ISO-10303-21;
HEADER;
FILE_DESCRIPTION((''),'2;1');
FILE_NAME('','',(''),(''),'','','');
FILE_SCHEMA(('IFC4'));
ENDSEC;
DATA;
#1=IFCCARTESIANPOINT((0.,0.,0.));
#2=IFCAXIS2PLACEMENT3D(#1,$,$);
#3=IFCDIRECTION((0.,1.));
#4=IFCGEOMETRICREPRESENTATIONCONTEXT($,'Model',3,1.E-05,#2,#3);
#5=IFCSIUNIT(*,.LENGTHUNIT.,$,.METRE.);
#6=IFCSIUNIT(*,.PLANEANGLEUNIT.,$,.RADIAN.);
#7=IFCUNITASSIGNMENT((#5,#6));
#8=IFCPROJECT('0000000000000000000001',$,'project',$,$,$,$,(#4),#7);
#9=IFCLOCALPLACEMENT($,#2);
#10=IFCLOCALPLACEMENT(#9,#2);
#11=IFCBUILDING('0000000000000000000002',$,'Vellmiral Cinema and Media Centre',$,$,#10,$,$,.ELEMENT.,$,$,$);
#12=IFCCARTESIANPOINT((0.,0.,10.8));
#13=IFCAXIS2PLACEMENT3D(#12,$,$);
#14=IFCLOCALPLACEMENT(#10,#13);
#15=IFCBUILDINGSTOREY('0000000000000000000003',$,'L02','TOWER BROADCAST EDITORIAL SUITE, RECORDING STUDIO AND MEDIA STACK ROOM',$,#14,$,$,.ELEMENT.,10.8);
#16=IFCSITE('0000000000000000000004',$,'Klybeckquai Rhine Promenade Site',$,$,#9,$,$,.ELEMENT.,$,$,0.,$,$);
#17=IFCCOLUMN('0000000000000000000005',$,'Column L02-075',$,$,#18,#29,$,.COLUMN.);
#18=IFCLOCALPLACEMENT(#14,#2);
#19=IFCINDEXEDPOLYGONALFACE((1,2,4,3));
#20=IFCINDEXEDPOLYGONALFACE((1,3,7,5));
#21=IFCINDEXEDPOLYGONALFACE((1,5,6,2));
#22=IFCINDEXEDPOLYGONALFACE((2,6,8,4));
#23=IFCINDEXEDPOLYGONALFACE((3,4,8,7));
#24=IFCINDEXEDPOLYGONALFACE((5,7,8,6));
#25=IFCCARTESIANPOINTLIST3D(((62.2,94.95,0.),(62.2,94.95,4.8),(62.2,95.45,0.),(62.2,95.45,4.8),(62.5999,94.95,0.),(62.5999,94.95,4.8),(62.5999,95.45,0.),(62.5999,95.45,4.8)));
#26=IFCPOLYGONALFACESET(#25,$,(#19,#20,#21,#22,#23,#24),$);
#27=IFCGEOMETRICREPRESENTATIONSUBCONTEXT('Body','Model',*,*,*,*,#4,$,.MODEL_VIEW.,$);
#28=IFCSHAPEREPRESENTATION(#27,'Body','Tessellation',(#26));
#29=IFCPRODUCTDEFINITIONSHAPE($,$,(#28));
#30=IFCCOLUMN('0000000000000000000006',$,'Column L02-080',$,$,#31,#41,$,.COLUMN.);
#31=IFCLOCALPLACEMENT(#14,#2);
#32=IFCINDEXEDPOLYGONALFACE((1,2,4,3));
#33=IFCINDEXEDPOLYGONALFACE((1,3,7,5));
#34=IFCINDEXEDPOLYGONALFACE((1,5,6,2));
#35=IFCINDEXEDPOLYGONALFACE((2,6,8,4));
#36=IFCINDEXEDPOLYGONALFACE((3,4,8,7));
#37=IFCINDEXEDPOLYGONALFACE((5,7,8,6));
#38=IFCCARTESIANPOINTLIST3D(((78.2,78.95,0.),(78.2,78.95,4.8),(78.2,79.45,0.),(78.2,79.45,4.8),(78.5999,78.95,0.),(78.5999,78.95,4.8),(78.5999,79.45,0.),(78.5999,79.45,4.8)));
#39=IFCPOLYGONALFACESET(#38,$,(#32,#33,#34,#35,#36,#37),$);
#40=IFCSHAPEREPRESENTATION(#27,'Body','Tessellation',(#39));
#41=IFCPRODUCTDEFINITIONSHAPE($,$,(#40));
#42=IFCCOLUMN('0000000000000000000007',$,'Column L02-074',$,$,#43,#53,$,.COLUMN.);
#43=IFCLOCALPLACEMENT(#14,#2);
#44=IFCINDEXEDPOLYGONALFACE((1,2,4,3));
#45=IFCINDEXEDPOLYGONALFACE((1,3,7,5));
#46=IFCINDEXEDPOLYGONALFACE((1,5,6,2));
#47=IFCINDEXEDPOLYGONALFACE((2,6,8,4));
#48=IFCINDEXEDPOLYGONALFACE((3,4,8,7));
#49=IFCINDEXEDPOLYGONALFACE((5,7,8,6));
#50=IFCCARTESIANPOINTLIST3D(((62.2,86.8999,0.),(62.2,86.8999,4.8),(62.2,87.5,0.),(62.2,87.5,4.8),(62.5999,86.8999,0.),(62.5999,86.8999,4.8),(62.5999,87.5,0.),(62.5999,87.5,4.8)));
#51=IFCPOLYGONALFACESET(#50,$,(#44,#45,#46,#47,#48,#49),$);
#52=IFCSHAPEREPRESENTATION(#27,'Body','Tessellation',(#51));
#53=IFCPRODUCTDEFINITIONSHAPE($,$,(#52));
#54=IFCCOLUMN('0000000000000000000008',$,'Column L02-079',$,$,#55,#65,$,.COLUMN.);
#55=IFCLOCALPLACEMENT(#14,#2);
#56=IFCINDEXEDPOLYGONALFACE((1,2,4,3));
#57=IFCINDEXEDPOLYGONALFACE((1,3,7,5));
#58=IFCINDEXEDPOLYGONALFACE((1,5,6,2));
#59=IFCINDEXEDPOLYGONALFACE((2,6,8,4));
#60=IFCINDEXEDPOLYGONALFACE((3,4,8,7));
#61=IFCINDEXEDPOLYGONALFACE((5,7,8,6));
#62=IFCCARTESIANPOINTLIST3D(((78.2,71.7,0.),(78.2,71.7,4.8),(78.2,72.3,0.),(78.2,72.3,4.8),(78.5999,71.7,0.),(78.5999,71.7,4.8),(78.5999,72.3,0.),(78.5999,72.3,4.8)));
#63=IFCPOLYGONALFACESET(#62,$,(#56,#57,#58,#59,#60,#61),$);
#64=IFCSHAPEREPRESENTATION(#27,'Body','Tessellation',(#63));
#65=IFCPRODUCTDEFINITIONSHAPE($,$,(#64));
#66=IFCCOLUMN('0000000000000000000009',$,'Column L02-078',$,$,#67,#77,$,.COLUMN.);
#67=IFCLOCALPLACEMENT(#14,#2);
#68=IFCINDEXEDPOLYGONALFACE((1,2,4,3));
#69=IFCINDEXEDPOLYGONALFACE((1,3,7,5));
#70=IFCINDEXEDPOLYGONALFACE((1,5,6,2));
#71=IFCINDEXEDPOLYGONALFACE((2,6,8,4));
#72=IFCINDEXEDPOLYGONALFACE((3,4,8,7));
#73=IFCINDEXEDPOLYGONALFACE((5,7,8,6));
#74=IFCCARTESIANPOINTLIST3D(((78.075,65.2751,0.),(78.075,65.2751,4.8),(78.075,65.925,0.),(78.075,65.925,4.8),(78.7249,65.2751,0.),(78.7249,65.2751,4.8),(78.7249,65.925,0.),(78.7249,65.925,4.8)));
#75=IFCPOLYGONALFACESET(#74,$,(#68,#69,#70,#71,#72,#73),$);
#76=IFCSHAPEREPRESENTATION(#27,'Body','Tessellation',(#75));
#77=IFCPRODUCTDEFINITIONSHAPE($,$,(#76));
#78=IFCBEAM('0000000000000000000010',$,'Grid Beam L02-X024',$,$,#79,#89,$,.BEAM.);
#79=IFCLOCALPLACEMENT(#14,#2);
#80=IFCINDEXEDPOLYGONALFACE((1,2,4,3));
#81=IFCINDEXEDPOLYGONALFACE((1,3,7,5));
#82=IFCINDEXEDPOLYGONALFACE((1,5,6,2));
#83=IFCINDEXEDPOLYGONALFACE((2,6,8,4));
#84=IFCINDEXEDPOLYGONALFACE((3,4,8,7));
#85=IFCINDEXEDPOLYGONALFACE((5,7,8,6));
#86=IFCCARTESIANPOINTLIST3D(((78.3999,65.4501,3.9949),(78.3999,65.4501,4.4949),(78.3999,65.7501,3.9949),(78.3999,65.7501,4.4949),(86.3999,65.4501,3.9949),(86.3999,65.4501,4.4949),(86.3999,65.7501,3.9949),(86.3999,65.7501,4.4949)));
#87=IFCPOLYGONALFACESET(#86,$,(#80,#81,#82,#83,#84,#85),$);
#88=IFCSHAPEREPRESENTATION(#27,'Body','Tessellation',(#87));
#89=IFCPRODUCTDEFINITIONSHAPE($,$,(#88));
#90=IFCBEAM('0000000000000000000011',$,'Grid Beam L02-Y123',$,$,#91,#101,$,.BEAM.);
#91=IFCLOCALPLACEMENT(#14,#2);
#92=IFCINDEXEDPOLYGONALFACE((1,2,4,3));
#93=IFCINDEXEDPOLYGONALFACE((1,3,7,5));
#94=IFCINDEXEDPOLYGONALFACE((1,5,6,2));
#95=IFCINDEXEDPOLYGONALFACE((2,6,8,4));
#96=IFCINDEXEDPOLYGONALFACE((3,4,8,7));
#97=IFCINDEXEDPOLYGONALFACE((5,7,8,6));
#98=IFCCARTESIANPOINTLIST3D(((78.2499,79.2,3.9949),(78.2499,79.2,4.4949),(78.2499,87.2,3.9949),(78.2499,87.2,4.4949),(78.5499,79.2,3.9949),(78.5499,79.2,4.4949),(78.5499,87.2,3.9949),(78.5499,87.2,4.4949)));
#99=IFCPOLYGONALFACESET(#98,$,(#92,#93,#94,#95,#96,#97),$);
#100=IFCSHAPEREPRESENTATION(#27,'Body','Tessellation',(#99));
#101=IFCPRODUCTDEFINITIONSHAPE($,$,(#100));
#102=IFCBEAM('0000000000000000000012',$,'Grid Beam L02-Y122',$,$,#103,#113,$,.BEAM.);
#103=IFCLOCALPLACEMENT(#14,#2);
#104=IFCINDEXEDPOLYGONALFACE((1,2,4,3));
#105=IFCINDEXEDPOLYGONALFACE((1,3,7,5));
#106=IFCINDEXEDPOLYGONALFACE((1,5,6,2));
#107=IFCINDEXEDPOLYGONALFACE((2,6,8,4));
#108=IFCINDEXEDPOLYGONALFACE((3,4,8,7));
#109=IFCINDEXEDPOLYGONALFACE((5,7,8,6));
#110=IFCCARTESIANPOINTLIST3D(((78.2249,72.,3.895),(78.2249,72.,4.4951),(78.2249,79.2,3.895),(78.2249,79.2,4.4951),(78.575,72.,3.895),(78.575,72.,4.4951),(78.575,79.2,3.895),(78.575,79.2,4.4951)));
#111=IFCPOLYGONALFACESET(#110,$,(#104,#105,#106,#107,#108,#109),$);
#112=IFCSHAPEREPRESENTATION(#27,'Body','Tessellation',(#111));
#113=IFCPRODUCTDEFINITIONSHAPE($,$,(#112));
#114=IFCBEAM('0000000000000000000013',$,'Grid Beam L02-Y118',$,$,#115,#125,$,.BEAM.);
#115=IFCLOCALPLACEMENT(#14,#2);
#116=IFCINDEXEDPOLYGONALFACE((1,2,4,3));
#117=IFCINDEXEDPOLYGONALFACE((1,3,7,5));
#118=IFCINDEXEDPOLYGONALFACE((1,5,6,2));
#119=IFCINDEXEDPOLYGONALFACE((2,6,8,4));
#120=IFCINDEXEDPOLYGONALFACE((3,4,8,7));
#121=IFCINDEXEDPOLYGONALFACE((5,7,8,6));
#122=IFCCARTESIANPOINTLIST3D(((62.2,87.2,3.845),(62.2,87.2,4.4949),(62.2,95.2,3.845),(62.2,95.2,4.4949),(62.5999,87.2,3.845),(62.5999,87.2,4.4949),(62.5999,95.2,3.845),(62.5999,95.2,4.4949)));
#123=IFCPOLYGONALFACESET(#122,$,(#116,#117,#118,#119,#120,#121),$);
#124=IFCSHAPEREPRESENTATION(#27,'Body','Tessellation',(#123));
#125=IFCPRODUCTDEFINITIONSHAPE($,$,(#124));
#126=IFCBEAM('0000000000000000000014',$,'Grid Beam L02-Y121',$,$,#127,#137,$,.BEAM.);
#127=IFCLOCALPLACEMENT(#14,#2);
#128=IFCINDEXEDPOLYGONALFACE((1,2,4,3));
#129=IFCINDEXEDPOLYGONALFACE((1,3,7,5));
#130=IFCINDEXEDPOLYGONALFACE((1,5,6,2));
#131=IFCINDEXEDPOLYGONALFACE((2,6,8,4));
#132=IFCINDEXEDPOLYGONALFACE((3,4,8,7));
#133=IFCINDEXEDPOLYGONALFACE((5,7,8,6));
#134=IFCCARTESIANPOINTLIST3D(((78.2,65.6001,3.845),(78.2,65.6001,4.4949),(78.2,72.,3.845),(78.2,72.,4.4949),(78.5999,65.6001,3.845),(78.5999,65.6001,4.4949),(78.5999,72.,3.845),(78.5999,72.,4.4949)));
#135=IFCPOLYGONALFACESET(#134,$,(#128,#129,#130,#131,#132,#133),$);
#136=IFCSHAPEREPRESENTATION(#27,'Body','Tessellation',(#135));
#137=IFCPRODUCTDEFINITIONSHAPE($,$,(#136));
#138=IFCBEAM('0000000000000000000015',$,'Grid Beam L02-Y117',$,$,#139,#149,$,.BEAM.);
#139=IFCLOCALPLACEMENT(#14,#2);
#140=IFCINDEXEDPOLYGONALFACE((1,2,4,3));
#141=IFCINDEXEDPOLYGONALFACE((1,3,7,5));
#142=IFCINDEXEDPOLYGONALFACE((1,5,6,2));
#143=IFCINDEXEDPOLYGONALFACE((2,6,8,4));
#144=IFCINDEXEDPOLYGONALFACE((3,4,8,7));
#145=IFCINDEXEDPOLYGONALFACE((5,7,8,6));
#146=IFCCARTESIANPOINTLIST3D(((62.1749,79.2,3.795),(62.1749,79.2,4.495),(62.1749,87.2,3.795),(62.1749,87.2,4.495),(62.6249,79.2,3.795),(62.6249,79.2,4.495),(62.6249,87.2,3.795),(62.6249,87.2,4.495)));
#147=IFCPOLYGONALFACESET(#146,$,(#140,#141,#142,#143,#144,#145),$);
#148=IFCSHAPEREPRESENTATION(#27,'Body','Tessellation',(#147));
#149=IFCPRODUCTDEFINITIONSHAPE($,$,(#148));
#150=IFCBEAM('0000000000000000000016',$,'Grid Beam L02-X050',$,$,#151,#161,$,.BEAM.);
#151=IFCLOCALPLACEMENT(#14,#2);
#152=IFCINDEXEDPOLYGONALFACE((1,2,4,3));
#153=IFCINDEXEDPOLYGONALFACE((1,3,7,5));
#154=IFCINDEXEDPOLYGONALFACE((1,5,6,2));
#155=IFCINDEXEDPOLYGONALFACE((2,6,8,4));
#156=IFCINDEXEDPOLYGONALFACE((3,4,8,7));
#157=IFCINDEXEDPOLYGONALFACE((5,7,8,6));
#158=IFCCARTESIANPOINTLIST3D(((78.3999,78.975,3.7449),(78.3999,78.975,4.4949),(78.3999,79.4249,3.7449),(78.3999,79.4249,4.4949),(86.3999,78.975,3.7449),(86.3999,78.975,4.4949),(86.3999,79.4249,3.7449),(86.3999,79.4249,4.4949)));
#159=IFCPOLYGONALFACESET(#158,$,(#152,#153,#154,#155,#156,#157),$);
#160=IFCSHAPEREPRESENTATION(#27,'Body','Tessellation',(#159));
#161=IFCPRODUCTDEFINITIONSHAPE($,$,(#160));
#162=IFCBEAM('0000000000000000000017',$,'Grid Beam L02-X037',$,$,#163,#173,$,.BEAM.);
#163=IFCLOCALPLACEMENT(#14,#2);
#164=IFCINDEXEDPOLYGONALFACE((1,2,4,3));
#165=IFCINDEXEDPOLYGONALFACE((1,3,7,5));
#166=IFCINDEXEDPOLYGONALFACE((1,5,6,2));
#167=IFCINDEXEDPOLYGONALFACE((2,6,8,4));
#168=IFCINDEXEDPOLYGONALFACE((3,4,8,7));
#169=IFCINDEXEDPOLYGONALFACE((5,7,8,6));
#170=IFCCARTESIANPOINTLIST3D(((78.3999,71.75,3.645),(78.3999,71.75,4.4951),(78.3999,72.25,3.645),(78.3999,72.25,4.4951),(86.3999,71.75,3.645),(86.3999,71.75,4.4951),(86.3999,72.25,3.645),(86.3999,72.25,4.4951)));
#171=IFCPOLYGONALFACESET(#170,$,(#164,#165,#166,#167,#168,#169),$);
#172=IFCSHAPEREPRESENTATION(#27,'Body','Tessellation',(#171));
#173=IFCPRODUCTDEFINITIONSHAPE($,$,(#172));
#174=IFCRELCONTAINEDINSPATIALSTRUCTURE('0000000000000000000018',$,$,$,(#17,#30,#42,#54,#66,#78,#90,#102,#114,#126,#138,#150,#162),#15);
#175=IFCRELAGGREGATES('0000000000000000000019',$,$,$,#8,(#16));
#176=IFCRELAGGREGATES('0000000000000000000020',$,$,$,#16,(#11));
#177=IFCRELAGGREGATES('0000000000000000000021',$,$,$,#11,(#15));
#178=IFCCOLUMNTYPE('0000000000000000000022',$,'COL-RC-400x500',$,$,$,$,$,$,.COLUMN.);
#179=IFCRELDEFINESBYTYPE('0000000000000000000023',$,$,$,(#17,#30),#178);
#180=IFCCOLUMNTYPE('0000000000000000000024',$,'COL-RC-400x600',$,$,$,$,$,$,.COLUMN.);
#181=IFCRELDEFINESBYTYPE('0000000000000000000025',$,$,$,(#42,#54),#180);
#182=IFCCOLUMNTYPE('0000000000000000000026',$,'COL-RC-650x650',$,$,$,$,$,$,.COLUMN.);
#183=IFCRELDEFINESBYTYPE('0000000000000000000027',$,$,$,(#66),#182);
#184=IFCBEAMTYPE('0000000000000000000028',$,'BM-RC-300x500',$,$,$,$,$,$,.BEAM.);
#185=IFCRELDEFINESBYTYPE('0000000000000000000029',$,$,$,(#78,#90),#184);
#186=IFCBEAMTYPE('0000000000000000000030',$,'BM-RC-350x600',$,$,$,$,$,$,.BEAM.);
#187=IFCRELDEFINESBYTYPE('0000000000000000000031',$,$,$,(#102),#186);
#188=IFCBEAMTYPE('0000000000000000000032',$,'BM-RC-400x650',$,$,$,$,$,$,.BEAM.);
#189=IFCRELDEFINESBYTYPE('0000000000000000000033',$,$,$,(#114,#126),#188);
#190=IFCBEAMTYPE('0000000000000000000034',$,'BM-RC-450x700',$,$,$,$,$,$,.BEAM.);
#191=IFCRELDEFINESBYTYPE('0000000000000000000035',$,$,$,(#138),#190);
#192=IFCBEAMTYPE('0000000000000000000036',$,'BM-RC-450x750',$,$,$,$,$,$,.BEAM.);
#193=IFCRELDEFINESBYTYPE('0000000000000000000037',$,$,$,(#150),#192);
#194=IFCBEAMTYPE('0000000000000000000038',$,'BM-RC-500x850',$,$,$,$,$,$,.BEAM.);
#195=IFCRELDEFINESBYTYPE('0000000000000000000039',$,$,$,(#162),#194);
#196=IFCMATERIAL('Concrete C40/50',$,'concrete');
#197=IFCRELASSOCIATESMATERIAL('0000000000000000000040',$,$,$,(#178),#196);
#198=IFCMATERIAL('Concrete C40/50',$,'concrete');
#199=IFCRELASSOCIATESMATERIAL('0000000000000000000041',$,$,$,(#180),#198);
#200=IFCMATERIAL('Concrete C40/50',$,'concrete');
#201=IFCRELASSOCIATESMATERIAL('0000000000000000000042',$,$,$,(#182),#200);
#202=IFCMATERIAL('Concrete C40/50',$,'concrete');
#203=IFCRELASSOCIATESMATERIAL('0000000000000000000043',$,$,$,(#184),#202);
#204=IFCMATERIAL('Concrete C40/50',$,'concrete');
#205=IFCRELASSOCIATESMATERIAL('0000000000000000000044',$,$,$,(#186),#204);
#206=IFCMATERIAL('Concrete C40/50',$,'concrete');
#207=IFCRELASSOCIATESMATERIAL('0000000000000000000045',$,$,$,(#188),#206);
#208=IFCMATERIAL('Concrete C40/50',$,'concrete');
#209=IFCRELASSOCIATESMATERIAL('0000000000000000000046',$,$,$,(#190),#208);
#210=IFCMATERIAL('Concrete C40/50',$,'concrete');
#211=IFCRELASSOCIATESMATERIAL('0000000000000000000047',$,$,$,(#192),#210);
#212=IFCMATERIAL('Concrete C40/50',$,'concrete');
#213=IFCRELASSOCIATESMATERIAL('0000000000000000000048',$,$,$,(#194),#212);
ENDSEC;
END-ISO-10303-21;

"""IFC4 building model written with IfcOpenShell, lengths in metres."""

from ifc_helpers import new_model, si_unit, direction, frame, origin, origin_2d, place, context, subcontext, project, spatial, rectangle, extrude, material, material_profile, profile_set, type_object, element, save


model = new_model("IFC4")

# Units and contexts
model_context = context("Model", 3, precision=1e-05, world=origin(), true_north=direction((0.0, 1.0)))
body_context = subcontext(model_context, "Body", "Model", "MODEL_VIEW")
ifc_project = project(units=[si_unit("LENGTHUNIT", "METRE"), si_unit("PLANEANGLEUNIT", "RADIAN")], contexts=[model_context])

# Site, building, storey
site_placement = place(None, origin())
site = spatial("IfcSite", under=ifc_project, at=site_placement, Name="Klybeckquai Rhine Promenade Site", CompositionType="ELEMENT", RefElevation=0.0)
building_placement = place(site_placement, origin())
building = spatial("IfcBuilding", under=site, at=building_placement, Name="Vellmiral Cinema and Media Centre", CompositionType="ELEMENT")
storey_placement = place(building_placement, frame((0.0, 0.0, 10.8)))
storey = spatial("IfcBuildingStorey", under=building, at=storey_placement, Name="L02", Description="TOWER BROADCAST EDITORIAL SUITE, RECORDING STUDIO AND MEDIA STACK ROOM", CompositionType="ELEMENT", Elevation=10.8)

# Columns
ifc_material_1 = material(Name="Concrete C40/50", Category="concrete")
ifc_material_profile_1 = material_profile(ifc_material_1, rectangle(XDim=0.3999, YDim=0.5, at=origin_2d()), Name="RC 400x500")
ifc_profile_set_1 = profile_set([ifc_material_profile_1], Name="Concrete C40/50")
column_type_1 = type_object("IfcColumnType", Name="COL-RC-400x500", PredefinedType="COLUMN", material=ifc_profile_set_1)
for number, where, z_axis, x_axis, name in (
    (1, (62.3999, 95.2, 0.0), (0.0, 0.0, 1.0), (1.0, 0.0, 0.0), "Column L02-075"),
    (2, (78.3999, 79.2, 0.0), (0.0, 0.0, 1.0), (1.0, 0.0, 0.0), "Column L02-080"),
):
    element("IfcColumn", number, at=place(storey_placement, frame(where, z_axis=z_axis, x_axis=x_axis)), inside=storey, type_object=column_type_1, Name=name, PredefinedType="COLUMN", context=body_context, shape_type="SweptSolid", body=[
        extrude(rectangle(XDim=0.3999, YDim=0.5, at=origin_2d()), origin(), (0.0, 0.0, 1.0), 4.8),
    ])
ifc_material_2 = material(Name="Concrete C40/50", Category="concrete")
ifc_material_profile_2 = material_profile(ifc_material_2, rectangle(XDim=0.3999, YDim=0.6001, at=origin_2d()), Name="RC 400x600")
ifc_profile_set_2 = profile_set([ifc_material_profile_2], Name="Concrete C40/50")
column_type_2 = type_object("IfcColumnType", Name="COL-RC-400x600", PredefinedType="COLUMN", material=ifc_profile_set_2)
for number, where, z_axis, x_axis, name in (
    (3, (62.3999, 87.2, 0.0), (0.0, 0.0, 1.0), (1.0, 0.0, 0.0), "Column L02-074"),
    (4, (78.3999, 72.0, 0.0), (0.0, 0.0, 1.0), (1.0, 0.0, 0.0), "Column L02-079"),
):
    element("IfcColumn", number, at=place(storey_placement, frame(where, z_axis=z_axis, x_axis=x_axis)), inside=storey, type_object=column_type_2, Name=name, PredefinedType="COLUMN", context=body_context, shape_type="SweptSolid", body=[
        extrude(rectangle(XDim=0.3999, YDim=0.6001, at=origin_2d()), origin(), (0.0, 0.0, 1.0), 4.8),
    ])
ifc_material_3 = material(Name="Concrete C40/50", Category="concrete")
ifc_material_profile_3 = material_profile(ifc_material_3, rectangle(XDim=0.6499, YDim=0.6499, at=origin_2d()), Name="RC 650x650")
ifc_profile_set_3 = profile_set([ifc_material_profile_3], Name="Concrete C40/50")
column_type_3 = type_object("IfcColumnType", Name="COL-RC-650x650", PredefinedType="COLUMN", material=ifc_profile_set_3)
column_placement = place(storey_placement, frame((78.3999, 65.6001, 0.0), z_axis=(0.0, 0.0, 1.0), x_axis=(1.0, 0.0, 0.0)))
element("IfcColumn", 5, at=column_placement, inside=storey, type_object=column_type_3, Name="Column L02-078", PredefinedType="COLUMN", context=body_context, shape_type="SweptSolid", body=[
    extrude(rectangle(XDim=0.6499, YDim=0.6499, at=origin_2d()), origin(), (0.0, 0.0, 1.0), 4.8),
])

# Beams
ifc_material_4 = material(Name="Concrete C40/50", Category="concrete")
ifc_material_profile_4 = material_profile(ifc_material_4, rectangle(XDim=0.3, YDim=0.5, at=origin_2d()), Name="RC 300x500")
ifc_profile_set_4 = profile_set([ifc_material_profile_4], Name="Concrete C40/50")
beam_type_1 = type_object("IfcBeamType", Name="BM-RC-300x500", PredefinedType="BEAM", material=ifc_profile_set_4)
for number, where, z_axis, x_axis, name in (
    (6, (78.3999, 65.6001, 4.2449), (1.0, 0.0, 0.0), (0.0, 1.0, 0.0), "Grid Beam L02-X024"),
    (7, (78.3999, 79.2, 4.2449), (0.0, 1.0, 0.0), (-1.0, 0.0, 0.0), "Grid Beam L02-Y123"),
):
    element("IfcBeam", number, at=place(storey_placement, frame(where, z_axis=z_axis, x_axis=x_axis)), inside=storey, type_object=beam_type_1, Name=name, PredefinedType="BEAM", context=body_context, shape_type="SweptSolid", body=[
        extrude(rectangle(XDim=0.3, YDim=0.5, at=origin_2d()), origin(), (0.0, 0.0, 1.0), 8.0),
    ])
ifc_material_5 = material(Name="Concrete C40/50", Category="concrete")
ifc_material_profile_5 = material_profile(ifc_material_5, rectangle(XDim=0.3501, YDim=0.6001, at=origin_2d()), Name="RC 350x600")
ifc_profile_set_5 = profile_set([ifc_material_profile_5], Name="Concrete C40/50")
beam_type_2 = type_object("IfcBeamType", Name="BM-RC-350x600", PredefinedType="BEAM", material=ifc_profile_set_5)
beam_1_placement = place(storey_placement, frame((78.3999, 72.0, 4.1951), z_axis=(0.0, 1.0, 0.0), x_axis=(-1.0, 0.0, 0.0)))
element("IfcBeam", 8, at=beam_1_placement, inside=storey, type_object=beam_type_2, Name="Grid Beam L02-Y122", PredefinedType="BEAM", context=body_context, shape_type="SweptSolid", body=[
    extrude(rectangle(XDim=0.3501, YDim=0.6001, at=origin_2d()), origin(), (0.0, 0.0, 1.0), 7.2),
])
ifc_material_6 = material(Name="Concrete C40/50", Category="concrete")
ifc_material_profile_6 = material_profile(ifc_material_6, rectangle(XDim=0.3999, YDim=0.6499, at=origin_2d()), Name="RC 400x650")
ifc_profile_set_6 = profile_set([ifc_material_profile_6], Name="Concrete C40/50")
beam_type_3 = type_object("IfcBeamType", Name="BM-RC-400x650", PredefinedType="BEAM", material=ifc_profile_set_6)
beam_2_placement = place(storey_placement, frame((62.3999, 87.2, 4.1699), z_axis=(0.0, 1.0, 0.0), x_axis=(-1.0, 0.0, 0.0)))
element("IfcBeam", 9, at=beam_2_placement, inside=storey, type_object=beam_type_3, Name="Grid Beam L02-Y118", PredefinedType="BEAM", context=body_context, shape_type="SweptSolid", body=[
    extrude(rectangle(XDim=0.3999, YDim=0.6499, at=origin_2d()), origin(), (0.0, 0.0, 1.0), 8.0),
])
beam_3_placement = place(storey_placement, frame((78.3999, 65.6001, 4.1699), z_axis=(0.0, 1.0, 0.0), x_axis=(-1.0, 0.0, 0.0)))
element("IfcBeam", 10, at=beam_3_placement, inside=storey, type_object=beam_type_3, Name="Grid Beam L02-Y121", PredefinedType="BEAM", context=body_context, shape_type="SweptSolid", body=[
    extrude(rectangle(XDim=0.3999, YDim=0.6499, at=origin_2d()), origin(), (0.0, 0.0, 1.0), 6.3999),
])
ifc_material_7 = material(Name="Concrete C40/50", Category="concrete")
ifc_material_profile_7 = material_profile(ifc_material_7, rectangle(XDim=0.45, YDim=0.7, at=origin_2d()), Name="RC 450x700")
ifc_profile_set_7 = profile_set([ifc_material_profile_7], Name="Concrete C40/50")
beam_type_4 = type_object("IfcBeamType", Name="BM-RC-450x700", PredefinedType="BEAM", material=ifc_profile_set_7)
beam_4_placement = place(storey_placement, frame((62.3999, 79.2, 4.145), z_axis=(0.0, 1.0, 0.0), x_axis=(-1.0, 0.0, 0.0)))
element("IfcBeam", 11, at=beam_4_placement, inside=storey, type_object=beam_type_4, Name="Grid Beam L02-Y117", PredefinedType="BEAM", context=body_context, shape_type="SweptSolid", body=[
    extrude(rectangle(XDim=0.45, YDim=0.7, at=origin_2d()), origin(), (0.0, 0.0, 1.0), 8.0),
])
ifc_material_8 = material(Name="Concrete C40/50", Category="concrete")
ifc_material_profile_8 = material_profile(ifc_material_8, rectangle(XDim=0.45, YDim=0.75, at=origin_2d()), Name="RC 450x750")
ifc_profile_set_8 = profile_set([ifc_material_profile_8], Name="Concrete C40/50")
beam_type_5 = type_object("IfcBeamType", Name="BM-RC-450x750", PredefinedType="BEAM", material=ifc_profile_set_8)
beam_5_placement = place(storey_placement, frame((78.3999, 79.2, 4.1199), z_axis=(1.0, 0.0, 0.0), x_axis=(0.0, 1.0, 0.0)))
element("IfcBeam", 12, at=beam_5_placement, inside=storey, type_object=beam_type_5, Name="Grid Beam L02-X050", PredefinedType="BEAM", context=body_context, shape_type="SweptSolid", body=[
    extrude(rectangle(XDim=0.45, YDim=0.75, at=origin_2d()), origin(), (0.0, 0.0, 1.0), 8.0),
])
ifc_material_9 = material(Name="Concrete C40/50", Category="concrete")
ifc_material_profile_9 = material_profile(ifc_material_9, rectangle(XDim=0.5, YDim=0.8501, at=origin_2d()), Name="RC 500x850")
ifc_profile_set_9 = profile_set([ifc_material_profile_9], Name="Concrete C40/50")
beam_type_6 = type_object("IfcBeamType", Name="BM-RC-500x850", PredefinedType="BEAM", material=ifc_profile_set_9)
beam_6_placement = place(storey_placement, frame((78.3999, 72.0, 4.0701), z_axis=(1.0, 0.0, 0.0), x_axis=(0.0, 1.0, 0.0)))
element("IfcBeam", 13, at=beam_6_placement, inside=storey, type_object=beam_type_6, Name="Grid Beam L02-X037", PredefinedType="BEAM", context=body_context, shape_type="SweptSolid", body=[
    extrude(rectangle(XDim=0.5, YDim=0.8501, at=origin_2d()), origin(), (0.0, 0.0, 1.0), 8.0),
])

save(model, "model.ifc")
